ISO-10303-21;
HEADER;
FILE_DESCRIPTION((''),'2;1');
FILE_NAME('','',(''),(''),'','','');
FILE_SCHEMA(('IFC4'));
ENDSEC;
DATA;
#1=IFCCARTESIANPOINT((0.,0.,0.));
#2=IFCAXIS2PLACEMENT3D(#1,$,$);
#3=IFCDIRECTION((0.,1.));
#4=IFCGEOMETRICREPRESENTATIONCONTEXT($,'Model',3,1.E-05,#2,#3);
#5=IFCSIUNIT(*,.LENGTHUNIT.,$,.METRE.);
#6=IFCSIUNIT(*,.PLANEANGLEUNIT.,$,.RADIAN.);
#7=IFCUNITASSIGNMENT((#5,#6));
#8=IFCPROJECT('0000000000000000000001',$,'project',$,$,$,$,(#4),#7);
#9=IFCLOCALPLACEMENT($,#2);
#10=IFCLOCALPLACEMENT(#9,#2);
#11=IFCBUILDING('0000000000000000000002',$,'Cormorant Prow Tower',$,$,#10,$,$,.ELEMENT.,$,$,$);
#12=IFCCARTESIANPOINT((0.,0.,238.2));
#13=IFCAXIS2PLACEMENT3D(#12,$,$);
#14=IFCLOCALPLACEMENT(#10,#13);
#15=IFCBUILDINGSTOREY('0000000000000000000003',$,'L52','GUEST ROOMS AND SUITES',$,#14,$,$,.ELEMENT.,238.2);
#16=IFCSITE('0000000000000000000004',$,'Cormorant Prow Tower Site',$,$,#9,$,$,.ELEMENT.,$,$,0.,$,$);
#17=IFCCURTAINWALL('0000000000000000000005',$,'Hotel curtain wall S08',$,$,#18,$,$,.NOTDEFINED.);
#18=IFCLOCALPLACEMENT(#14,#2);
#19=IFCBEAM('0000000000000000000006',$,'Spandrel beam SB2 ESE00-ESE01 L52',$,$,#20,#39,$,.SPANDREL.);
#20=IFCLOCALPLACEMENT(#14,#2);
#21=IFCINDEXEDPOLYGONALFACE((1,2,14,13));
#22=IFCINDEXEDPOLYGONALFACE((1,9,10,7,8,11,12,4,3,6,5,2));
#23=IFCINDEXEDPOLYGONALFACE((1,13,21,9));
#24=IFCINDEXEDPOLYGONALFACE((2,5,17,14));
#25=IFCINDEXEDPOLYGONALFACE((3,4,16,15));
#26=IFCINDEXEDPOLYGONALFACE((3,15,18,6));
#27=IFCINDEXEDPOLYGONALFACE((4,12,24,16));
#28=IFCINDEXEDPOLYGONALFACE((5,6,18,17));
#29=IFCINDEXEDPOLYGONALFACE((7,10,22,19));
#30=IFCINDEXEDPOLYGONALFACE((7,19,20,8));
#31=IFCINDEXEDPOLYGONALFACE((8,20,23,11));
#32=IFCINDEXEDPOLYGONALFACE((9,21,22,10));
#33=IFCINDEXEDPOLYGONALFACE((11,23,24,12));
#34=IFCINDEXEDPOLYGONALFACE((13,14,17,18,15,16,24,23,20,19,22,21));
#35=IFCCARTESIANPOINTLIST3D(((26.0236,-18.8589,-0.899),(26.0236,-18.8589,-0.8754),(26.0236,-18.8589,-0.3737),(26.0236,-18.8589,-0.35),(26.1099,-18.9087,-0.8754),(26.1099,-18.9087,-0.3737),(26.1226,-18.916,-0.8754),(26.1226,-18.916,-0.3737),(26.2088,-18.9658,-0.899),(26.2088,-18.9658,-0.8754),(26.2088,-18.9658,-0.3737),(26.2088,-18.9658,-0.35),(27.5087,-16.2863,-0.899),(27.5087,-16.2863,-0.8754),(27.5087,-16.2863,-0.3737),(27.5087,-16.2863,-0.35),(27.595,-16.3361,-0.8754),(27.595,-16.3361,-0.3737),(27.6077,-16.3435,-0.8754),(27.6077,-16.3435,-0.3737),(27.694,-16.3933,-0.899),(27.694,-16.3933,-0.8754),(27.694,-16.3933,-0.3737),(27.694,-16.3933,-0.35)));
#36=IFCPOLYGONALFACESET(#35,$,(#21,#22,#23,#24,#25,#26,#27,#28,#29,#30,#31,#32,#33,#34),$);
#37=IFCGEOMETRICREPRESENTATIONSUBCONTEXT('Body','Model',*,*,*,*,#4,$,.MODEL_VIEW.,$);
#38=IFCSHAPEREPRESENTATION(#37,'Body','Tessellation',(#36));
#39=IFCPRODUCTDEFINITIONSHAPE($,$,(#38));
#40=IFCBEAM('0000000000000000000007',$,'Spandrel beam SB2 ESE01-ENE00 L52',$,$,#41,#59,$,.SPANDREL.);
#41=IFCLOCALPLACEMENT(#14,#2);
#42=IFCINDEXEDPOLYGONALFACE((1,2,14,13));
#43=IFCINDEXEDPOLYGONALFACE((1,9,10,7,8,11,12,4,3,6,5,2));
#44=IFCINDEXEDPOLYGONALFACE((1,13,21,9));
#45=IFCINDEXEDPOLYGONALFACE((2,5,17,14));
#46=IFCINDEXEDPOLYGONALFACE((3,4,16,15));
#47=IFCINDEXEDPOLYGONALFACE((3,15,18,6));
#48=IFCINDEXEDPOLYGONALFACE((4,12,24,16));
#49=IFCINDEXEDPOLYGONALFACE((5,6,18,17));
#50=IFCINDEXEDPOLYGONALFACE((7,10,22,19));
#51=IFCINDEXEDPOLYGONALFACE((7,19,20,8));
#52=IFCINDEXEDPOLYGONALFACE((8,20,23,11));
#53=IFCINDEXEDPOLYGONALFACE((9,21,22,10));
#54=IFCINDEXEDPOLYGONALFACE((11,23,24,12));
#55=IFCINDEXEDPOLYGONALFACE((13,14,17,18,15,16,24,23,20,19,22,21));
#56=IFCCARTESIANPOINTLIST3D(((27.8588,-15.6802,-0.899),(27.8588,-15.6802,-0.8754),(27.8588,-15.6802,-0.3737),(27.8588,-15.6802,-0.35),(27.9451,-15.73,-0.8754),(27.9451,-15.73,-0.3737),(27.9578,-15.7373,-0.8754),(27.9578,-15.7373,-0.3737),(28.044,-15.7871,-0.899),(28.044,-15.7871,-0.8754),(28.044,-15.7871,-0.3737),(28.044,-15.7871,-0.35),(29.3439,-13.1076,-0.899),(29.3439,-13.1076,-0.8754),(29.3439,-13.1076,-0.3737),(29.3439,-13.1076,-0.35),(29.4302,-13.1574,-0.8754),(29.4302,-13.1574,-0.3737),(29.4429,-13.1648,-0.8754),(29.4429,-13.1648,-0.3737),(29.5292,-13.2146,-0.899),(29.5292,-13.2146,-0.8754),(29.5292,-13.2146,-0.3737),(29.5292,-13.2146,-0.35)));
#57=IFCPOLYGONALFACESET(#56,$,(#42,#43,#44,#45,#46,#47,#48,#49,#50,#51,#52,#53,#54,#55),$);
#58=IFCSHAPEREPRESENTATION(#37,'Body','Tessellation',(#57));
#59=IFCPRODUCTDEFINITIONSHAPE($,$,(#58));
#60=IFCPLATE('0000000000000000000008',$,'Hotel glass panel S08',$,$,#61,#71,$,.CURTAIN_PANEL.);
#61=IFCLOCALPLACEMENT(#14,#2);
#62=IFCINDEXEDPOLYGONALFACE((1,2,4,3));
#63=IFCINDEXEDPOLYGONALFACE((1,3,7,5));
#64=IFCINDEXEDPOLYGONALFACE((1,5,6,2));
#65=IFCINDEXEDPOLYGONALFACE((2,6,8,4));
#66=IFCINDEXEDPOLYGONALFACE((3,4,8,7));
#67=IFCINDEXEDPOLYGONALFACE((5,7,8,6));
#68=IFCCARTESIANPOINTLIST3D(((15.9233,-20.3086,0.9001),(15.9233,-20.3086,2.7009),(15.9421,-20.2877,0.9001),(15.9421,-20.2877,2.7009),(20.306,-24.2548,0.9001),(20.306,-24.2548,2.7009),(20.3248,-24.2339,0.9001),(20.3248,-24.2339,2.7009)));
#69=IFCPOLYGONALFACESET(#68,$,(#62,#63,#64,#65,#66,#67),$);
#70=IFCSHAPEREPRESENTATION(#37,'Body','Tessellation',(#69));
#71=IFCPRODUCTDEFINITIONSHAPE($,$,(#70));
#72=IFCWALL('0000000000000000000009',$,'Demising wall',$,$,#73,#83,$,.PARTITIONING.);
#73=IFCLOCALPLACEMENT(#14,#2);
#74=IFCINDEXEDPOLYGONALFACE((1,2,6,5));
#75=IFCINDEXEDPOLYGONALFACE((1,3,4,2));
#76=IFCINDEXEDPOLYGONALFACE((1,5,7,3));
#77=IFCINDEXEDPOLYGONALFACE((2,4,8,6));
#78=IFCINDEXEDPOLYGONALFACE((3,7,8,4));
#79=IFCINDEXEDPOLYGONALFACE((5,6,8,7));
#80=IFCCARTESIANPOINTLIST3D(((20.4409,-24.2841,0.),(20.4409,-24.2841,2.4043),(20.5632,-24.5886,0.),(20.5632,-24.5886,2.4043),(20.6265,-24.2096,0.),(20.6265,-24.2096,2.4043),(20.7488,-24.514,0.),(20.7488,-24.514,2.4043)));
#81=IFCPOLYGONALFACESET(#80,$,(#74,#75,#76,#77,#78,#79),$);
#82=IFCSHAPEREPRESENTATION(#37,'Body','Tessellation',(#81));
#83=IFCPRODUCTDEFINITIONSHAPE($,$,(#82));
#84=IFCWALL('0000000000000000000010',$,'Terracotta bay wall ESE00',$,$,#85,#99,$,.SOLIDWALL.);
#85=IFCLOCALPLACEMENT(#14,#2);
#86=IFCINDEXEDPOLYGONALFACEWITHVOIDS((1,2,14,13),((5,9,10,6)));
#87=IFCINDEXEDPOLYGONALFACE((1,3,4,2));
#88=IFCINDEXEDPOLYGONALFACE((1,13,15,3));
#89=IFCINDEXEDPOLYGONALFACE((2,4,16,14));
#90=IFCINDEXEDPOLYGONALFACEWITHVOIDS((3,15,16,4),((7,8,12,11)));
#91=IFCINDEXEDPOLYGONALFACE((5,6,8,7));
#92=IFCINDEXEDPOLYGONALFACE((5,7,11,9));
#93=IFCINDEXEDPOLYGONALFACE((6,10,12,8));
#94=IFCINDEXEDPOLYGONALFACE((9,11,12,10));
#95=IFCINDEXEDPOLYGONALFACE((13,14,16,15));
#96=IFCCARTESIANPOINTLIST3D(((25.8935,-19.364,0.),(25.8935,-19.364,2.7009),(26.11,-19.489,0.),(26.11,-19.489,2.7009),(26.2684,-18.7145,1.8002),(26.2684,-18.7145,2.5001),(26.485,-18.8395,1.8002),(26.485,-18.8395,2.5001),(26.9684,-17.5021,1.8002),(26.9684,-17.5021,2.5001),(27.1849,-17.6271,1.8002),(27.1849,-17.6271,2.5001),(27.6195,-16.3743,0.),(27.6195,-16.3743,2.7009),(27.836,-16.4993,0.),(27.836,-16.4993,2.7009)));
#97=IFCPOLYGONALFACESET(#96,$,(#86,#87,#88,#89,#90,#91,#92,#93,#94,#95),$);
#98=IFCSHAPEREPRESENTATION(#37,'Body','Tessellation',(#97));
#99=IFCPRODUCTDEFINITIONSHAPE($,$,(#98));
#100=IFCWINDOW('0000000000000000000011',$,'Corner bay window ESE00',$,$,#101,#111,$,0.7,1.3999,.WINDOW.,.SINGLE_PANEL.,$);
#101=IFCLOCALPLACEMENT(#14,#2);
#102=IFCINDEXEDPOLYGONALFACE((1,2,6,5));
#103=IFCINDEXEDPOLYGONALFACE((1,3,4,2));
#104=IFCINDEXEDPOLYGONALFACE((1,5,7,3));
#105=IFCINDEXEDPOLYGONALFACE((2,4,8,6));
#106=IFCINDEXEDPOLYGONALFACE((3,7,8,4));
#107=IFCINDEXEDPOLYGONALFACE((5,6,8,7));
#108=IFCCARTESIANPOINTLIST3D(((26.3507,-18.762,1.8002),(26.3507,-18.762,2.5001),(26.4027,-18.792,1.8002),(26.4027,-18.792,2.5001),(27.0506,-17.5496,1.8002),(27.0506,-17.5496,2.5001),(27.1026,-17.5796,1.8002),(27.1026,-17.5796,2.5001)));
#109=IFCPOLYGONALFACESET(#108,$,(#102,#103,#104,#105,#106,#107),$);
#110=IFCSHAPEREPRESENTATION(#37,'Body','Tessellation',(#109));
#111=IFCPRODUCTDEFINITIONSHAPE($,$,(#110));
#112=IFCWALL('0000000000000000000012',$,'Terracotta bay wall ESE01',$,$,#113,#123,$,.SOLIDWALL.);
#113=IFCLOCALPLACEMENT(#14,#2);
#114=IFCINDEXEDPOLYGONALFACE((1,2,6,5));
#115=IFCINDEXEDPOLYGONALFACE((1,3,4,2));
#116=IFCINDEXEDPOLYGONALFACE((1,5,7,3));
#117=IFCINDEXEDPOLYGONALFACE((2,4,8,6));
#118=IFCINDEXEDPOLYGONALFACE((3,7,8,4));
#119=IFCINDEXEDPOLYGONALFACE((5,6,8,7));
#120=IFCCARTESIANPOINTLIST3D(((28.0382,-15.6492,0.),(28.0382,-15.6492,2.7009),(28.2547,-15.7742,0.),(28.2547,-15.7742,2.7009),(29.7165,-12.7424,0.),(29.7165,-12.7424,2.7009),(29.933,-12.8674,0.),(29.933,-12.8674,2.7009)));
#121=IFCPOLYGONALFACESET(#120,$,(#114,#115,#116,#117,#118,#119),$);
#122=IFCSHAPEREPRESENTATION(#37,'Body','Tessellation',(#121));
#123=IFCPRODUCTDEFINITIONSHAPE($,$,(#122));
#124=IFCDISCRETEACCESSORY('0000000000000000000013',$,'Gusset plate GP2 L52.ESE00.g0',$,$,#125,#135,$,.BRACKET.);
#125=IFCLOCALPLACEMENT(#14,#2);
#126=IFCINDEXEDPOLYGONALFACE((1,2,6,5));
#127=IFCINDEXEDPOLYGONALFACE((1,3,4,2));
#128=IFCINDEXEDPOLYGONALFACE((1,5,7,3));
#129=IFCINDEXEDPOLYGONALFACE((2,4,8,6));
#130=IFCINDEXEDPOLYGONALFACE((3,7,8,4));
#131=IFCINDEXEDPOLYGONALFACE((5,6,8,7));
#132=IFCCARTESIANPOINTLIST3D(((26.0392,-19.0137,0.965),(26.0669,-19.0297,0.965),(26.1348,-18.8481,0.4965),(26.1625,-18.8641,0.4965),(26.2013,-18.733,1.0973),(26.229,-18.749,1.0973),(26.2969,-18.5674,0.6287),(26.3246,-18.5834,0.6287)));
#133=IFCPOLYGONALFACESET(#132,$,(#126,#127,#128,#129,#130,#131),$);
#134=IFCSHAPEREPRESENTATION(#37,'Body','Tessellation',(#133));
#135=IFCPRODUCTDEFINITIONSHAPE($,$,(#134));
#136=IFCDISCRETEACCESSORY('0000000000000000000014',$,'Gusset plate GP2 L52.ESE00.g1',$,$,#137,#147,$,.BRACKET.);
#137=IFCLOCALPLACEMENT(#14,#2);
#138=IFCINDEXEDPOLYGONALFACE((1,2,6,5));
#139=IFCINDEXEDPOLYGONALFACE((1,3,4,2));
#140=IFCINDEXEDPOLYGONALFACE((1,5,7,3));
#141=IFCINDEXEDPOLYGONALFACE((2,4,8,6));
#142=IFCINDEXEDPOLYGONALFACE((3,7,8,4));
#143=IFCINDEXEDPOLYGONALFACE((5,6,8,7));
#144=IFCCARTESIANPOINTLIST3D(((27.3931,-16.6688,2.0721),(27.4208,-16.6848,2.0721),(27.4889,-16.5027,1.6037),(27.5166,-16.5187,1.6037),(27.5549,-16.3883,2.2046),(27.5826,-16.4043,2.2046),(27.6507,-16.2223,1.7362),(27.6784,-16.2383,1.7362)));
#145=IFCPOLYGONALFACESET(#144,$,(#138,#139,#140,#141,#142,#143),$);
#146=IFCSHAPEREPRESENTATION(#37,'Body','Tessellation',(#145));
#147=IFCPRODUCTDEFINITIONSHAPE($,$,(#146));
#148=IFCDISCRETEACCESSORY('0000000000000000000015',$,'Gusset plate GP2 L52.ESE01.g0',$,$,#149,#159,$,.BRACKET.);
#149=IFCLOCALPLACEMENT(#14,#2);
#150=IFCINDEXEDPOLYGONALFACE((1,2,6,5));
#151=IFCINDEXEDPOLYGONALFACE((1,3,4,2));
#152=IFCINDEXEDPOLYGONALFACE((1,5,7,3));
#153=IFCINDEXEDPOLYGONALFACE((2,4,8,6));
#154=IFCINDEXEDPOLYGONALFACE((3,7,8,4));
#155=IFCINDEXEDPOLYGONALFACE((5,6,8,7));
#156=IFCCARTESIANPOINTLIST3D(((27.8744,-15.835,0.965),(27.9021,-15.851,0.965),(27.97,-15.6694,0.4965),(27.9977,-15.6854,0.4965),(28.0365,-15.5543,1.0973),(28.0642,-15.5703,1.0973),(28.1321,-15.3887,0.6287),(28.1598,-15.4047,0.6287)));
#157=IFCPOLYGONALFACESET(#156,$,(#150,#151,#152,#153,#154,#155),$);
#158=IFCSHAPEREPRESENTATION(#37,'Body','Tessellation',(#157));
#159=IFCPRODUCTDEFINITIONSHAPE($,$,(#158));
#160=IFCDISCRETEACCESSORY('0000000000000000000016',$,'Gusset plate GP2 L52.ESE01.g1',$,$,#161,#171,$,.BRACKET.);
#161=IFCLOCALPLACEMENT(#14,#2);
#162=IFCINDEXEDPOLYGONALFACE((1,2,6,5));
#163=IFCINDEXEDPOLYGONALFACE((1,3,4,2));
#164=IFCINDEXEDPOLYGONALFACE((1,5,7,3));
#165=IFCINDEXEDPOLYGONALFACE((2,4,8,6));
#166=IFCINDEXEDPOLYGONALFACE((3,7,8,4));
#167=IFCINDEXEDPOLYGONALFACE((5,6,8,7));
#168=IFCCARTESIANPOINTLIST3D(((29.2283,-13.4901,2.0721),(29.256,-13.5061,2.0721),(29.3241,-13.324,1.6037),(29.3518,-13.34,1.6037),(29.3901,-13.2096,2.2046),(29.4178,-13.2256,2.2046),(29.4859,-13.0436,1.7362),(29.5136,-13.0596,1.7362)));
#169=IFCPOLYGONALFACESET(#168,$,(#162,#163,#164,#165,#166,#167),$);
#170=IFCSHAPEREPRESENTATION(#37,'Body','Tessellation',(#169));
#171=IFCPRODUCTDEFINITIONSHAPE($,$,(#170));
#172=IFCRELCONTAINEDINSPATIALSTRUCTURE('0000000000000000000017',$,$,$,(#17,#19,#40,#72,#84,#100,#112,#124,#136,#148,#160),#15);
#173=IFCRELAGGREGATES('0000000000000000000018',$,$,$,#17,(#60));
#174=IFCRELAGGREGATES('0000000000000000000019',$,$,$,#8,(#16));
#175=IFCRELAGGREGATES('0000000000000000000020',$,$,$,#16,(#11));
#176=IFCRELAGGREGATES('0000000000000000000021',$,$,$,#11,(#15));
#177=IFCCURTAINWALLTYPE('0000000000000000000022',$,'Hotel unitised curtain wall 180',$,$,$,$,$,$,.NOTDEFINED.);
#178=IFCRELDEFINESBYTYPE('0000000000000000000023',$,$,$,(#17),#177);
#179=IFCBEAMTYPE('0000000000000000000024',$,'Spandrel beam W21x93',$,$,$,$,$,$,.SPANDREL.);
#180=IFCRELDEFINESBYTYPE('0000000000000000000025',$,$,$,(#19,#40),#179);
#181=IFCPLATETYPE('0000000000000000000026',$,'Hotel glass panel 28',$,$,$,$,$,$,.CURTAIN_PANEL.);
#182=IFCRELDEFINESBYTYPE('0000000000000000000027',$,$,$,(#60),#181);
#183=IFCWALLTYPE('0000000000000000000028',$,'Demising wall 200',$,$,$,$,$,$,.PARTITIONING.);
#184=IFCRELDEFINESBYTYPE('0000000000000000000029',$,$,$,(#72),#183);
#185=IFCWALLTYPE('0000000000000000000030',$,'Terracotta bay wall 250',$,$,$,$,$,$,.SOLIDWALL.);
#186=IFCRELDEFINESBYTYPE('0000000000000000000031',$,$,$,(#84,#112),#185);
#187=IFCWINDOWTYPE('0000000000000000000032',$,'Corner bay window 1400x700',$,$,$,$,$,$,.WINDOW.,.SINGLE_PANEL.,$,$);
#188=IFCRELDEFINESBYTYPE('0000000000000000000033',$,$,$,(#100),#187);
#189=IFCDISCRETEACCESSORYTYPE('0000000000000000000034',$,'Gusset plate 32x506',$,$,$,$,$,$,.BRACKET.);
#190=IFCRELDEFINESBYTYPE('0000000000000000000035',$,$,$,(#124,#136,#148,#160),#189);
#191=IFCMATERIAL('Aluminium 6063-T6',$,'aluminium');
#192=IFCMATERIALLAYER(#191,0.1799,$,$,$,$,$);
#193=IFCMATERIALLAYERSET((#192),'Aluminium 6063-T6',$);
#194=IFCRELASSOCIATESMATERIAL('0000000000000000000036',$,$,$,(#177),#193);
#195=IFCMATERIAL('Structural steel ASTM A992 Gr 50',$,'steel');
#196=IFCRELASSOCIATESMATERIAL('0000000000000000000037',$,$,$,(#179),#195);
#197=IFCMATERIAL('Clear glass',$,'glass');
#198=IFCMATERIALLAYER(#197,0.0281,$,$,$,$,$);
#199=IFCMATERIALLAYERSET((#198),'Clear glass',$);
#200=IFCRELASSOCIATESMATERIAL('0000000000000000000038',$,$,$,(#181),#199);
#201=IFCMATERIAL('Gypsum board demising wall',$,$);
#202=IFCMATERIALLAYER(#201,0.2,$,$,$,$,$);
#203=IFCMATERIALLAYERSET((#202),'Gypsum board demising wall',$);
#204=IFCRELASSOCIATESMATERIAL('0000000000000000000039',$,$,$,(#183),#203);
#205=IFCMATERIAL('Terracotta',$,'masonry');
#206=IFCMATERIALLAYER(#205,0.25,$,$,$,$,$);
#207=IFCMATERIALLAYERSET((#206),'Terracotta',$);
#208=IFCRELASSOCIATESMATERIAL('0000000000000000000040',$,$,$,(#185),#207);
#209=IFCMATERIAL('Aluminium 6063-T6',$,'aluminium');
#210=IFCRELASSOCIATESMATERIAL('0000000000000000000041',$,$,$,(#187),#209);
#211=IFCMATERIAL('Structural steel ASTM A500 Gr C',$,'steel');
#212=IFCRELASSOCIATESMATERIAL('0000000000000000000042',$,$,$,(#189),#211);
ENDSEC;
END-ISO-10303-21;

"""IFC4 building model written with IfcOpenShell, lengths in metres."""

from ifc_helpers import new_model, si_unit, direction, frame, frame_2d, origin, origin_2d, place, context, subcontext, project, spatial, rectangle, i_section, extrude, material, layer, layer_set, material_profile, profile_set, type_object, element, fill, aggregate, save


model = new_model("IFC4")

# Units and contexts
model_context = context("Model", 3, precision=1e-05, world=origin(), true_north=direction((0.0, 1.0)))
body_context = subcontext(model_context, "Body", "Model", "MODEL_VIEW")
ifc_project = project(units=[si_unit("LENGTHUNIT", "METRE"), si_unit("PLANEANGLEUNIT", "RADIAN")], contexts=[model_context])

# Site, building, storey
site_placement = place(None, origin())
site = spatial("IfcSite", under=ifc_project, at=site_placement, Name="Cormorant Prow Tower Site", CompositionType="ELEMENT", RefElevation=0.0)
building_placement = place(site_placement, origin())
building = spatial("IfcBuilding", under=site, at=building_placement, Name="Cormorant Prow Tower", CompositionType="ELEMENT")
storey_placement = place(building_placement, frame((0.0, 0.0, 238.2)))
storey = spatial("IfcBuildingStorey", under=building, at=storey_placement, Name="L52", Description="GUEST ROOMS AND SUITES", CompositionType="ELEMENT", Elevation=238.2)

# Curtain wall
ifc_material_1 = material(Name="Aluminium 6063-T6", Category="aluminium")
ifc_layer_1 = layer(ifc_material_1, 0.1799)
ifc_layer_set_1 = layer_set([ifc_layer_1], Name="Aluminium 6063-T6")
curtain_wall_type = type_object("IfcCurtainWallType", Name="Hotel unitised curtain wall 180", PredefinedType="NOTDEFINED", material=ifc_layer_set_1)
curtain_wall_placement = place(storey_placement, origin())
curtain_wall = element("IfcCurtainWall", 1, at=curtain_wall_placement, inside=storey, type_object=curtain_wall_type, Name="Hotel curtain wall S08", PredefinedType="NOTDEFINED")

# Beams
ifc_material_2 = material(Name="Structural steel ASTM A992 Gr 50", Category="steel")
ifc_material_profile_1 = material_profile(ifc_material_2, i_section(OverallWidth=0.2139, OverallDepth=0.5491, WebThickness=0.0146, FlangeThickness=0.0237, at=origin_2d()), Name="W21x93")
ifc_profile_set_1 = profile_set([ifc_material_profile_1], Name="Structural steel ASTM A992 Gr 50")
beam_type = type_object("IfcBeamType", Name="Spandrel beam W21x93", PredefinedType="SPANDREL", material=ifc_profile_set_1)
for number, where, z_axis, x_axis, name in (
    (2, (26.1162, -18.9124, -0.6245), (0.499967, 0.866045, 0.0), (-0.866045, 0.499967, 0.0), "Spandrel beam SB2 ESE00-ESE01 L52"),
    (3, (27.9514, -15.7336, -0.6245), (0.499967, 0.866045, 0.0), (-0.866045, 0.499967, 0.0), "Spandrel beam SB2 ESE01-ENE00 L52"),
):
    element("IfcBeam", number, at=place(storey_placement, frame(where, z_axis=z_axis, x_axis=x_axis)), inside=storey, type_object=beam_type, Name=name, PredefinedType="SPANDREL", context=body_context, shape_type="SweptSolid", body=[
        extrude(i_section(OverallWidth=0.2139, OverallDepth=0.5491, WebThickness=0.0146, FlangeThickness=0.0237, at=origin_2d()), origin(), (0.0, 0.0, 1.0), 2.9705),
    ])

# Plate
ifc_material_3 = material(Name="Clear glass", Category="glass")
ifc_layer_2 = layer(ifc_material_3, 0.0281)
ifc_layer_set_2 = layer_set([ifc_layer_2], Name="Clear glass")
plate_type = type_object("IfcPlateType", Name="Hotel glass panel 28", PredefinedType="CURTAIN_PANEL", material=ifc_layer_set_2)
plate_placement = place(storey_placement, frame((18.124, -22.2712, 0.9001), z_axis=(0.0, 0.0, 1.0), x_axis=(0.743145, -0.669131, 0.0)))
plate = element("IfcPlate", 4, at=plate_placement, type_object=plate_type, Name="Hotel glass panel S08", PredefinedType="CURTAIN_PANEL", context=body_context, shape_type="SweptSolid", body=[
    extrude(rectangle(XDim=5.8975, YDim=0.0281, at=origin_2d()), origin(), (0.0, 0.0, 1.0), 1.8008),
])
aggregate(curtain_wall, [plate])

# Wall
ifc_material_4 = material(Name="Gypsum board demising wall")
ifc_layer_3 = layer(ifc_material_4, 0.2)
ifc_layer_set_3 = layer_set([ifc_layer_3], Name="Gypsum board demising wall")
wall_type_1 = type_object("IfcWallType", Name="Demising wall 200", PredefinedType="PARTITIONING", material=ifc_layer_set_3)
wall_1_placement = place(storey_placement, frame((20.5337, -24.2468, 0.0), z_axis=(0.0, 0.0, 1.0), x_axis=(0.372801, -0.927911, 0.0)))
element("IfcWall", 5, at=wall_1_placement, inside=storey, type_object=wall_type_1, Name="Demising wall", PredefinedType="PARTITIONING", context=body_context, shape_type="SweptSolid", body=[
    extrude(rectangle(XDim=0.3281, YDim=0.2, at=frame_2d((0.1641, 0.0))), origin(), (0.0, 0.0, 1.0), 2.4043),
])

# Wall, opening, window
ifc_material_5 = material(Name="Terracotta", Category="masonry")
ifc_layer_4 = layer(ifc_material_5, 0.25)
ifc_layer_set_4 = layer_set([ifc_layer_4], Name="Terracotta")
wall_type_2 = type_object("IfcWallType", Name="Terracotta bay wall 250", PredefinedType="SOLIDWALL", material=ifc_layer_set_4)
wall_2_placement = place(storey_placement, frame((26.0017, -19.4265, 0.0), z_axis=(0.0, 0.0, 1.0), x_axis=(0.499988, 0.866032, 0.0)))
wall_2 = element("IfcWall", 6, at=wall_2_placement, inside=storey, type_object=wall_type_2, Name="Terracotta bay wall ESE00", PredefinedType="SOLIDWALL", context=body_context, shape_type="SweptSolid", body=[
    extrude(rectangle(XDim=3.4521, YDim=0.25, at=frame_2d((1.7261, 0.0))), origin(), (0.0, 0.0, 1.0), 2.7009),
])
opening_1_placement = place(wall_2_placement, frame((0.75, 0.0, 1.8)))
opening_1 = element("IfcOpeningElement", 7, at=opening_1_placement, cuts=wall_2, PredefinedType="OPENING", context=body_context, shape_type="SweptSolid", body=[
    extrude(rectangle(XDim=1.3999, YDim=0.7, at=frame_2d((0.7, 0.3501))), frame((0.0, 0.135, 0.0), z_axis=(0.0, -1.0, 0.0), x_axis=(1.0, 0.0, 0.0)), (0.0, 0.0, 1.0), 0.27),
])
ifc_material_6 = material(Name="Aluminium 6063-T6", Category="aluminium")
window_type = type_object("IfcWindowType", Name="Corner bay window 1400x700", PartitioningType="SINGLE_PANEL", PredefinedType="WINDOW", material=ifc_material_6)
window_placement = place(opening_1_placement, origin())
window = element("IfcWindow", 8, at=window_placement, inside=storey, type_object=window_type, Name="Corner bay window ESE00", OverallHeight=0.7, OverallWidth=1.3999, PartitioningType="SINGLE_PANEL", PredefinedType="WINDOW", context=body_context, shape_type="SweptSolid", body=[
    extrude(rectangle(XDim=1.3999, YDim=0.7, at=frame_2d((0.7, 0.3501))), frame((0.0, 0.03, 0.0), z_axis=(0.0, -1.0, 0.0), x_axis=(1.0, 0.0, 0.0)), (0.0, 0.0, 1.0), 0.0601),
])
fill(opening_1, window)

# Wall
wall_3_placement = place(storey_placement, frame((28.1465, -15.7117, 0.0), z_axis=(0.0, 0.0, 1.0), x_axis=(0.500004, 0.866023, 0.0)))
element("IfcWall", 9, at=wall_3_placement, inside=storey, type_object=wall_type_2, Name="Terracotta bay wall ESE01", PredefinedType="SOLIDWALL", context=body_context, shape_type="SweptSolid", body=[
    extrude(rectangle(XDim=3.3564, YDim=0.25, at=frame_2d((1.6782, 0.0))), origin(), (0.0, 0.0, 1.0), 2.7009),
])

# Discrete accessories
ifc_material_7 = material(Name="Structural steel ASTM A500 Gr C", Category="steel")
ifc_material_profile_2 = material_profile(ifc_material_7, rectangle(XDim=0.032, YDim=0.5061, at=origin_2d()), Name="Gusset plate 32x506")
ifc_profile_set_2 = profile_set([ifc_material_profile_2], Name="Structural steel ASTM A500 Gr C")
discrete_accessory_type = type_object("IfcDiscreteAccessoryType", Name="Gusset plate 32x506", PredefinedType="BRACKET", material=ifc_profile_set_2)
discrete_accessory_1_placement = place(storey_placement, frame((26.2629, -18.6582, 0.863), z_axis=(-0.46295, -0.801796, -0.37789), x_axis=(0.86601, -0.500027, 0.0)))
element("IfcDiscreteAccessory", 10, at=discrete_accessory_1_placement, inside=storey, type_object=discrete_accessory_type, Name="Gusset plate GP2 L52.ESE00.g0", PredefinedType="BRACKET", context=body_context, shape_type="SweptSolid", body=[
    extrude(rectangle(XDim=0.032, YDim=0.5061, at=origin_2d()), origin(), (0.0, 0.0, 1.0), 0.3501),
])
discrete_accessory_2_placement = place(storey_placement, frame((27.4548, -16.5938, 1.8379), z_axis=(0.462538, 0.801594, 0.378821), x_axis=(-0.866148, 0.499788, 0.0)))
element("IfcDiscreteAccessory", 11, at=discrete_accessory_2_placement, inside=storey, type_object=discrete_accessory_type, Name="Gusset plate GP2 L52.ESE00.g1", PredefinedType="BRACKET", context=body_context, shape_type="SweptSolid", body=[
    extrude(rectangle(XDim=0.032, YDim=0.5061, at=origin_2d()), origin(), (0.0, 0.0, 1.0), 0.3499),
])
discrete_accessory_3_placement = place(storey_placement, frame((28.0981, -15.4795, 0.863), z_axis=(-0.46295, -0.801796, -0.37789), x_axis=(0.86601, -0.500027, 0.0)))
element("IfcDiscreteAccessory", 12, at=discrete_accessory_3_placement, inside=storey, type_object=discrete_accessory_type, Name="Gusset plate GP2 L52.ESE01.g0", PredefinedType="BRACKET", context=body_context, shape_type="SweptSolid", body=[
    extrude(rectangle(XDim=0.032, YDim=0.5061, at=origin_2d()), origin(), (0.0, 0.0, 1.0), 0.3501),
])
discrete_accessory_4_placement = place(storey_placement, frame((29.29, -13.415, 1.8379), z_axis=(0.462538, 0.801594, 0.378821), x_axis=(-0.866148, 0.499788, 0.0)))
element("IfcDiscreteAccessory", 13, at=discrete_accessory_4_placement, inside=storey, type_object=discrete_accessory_type, Name="Gusset plate GP2 L52.ESE01.g1", PredefinedType="BRACKET", context=body_context, shape_type="SweptSolid", body=[
    extrude(rectangle(XDim=0.032, YDim=0.5061, at=origin_2d()), origin(), (0.0, 0.0, 1.0), 0.3499),
])

save(model, "model.ifc")
